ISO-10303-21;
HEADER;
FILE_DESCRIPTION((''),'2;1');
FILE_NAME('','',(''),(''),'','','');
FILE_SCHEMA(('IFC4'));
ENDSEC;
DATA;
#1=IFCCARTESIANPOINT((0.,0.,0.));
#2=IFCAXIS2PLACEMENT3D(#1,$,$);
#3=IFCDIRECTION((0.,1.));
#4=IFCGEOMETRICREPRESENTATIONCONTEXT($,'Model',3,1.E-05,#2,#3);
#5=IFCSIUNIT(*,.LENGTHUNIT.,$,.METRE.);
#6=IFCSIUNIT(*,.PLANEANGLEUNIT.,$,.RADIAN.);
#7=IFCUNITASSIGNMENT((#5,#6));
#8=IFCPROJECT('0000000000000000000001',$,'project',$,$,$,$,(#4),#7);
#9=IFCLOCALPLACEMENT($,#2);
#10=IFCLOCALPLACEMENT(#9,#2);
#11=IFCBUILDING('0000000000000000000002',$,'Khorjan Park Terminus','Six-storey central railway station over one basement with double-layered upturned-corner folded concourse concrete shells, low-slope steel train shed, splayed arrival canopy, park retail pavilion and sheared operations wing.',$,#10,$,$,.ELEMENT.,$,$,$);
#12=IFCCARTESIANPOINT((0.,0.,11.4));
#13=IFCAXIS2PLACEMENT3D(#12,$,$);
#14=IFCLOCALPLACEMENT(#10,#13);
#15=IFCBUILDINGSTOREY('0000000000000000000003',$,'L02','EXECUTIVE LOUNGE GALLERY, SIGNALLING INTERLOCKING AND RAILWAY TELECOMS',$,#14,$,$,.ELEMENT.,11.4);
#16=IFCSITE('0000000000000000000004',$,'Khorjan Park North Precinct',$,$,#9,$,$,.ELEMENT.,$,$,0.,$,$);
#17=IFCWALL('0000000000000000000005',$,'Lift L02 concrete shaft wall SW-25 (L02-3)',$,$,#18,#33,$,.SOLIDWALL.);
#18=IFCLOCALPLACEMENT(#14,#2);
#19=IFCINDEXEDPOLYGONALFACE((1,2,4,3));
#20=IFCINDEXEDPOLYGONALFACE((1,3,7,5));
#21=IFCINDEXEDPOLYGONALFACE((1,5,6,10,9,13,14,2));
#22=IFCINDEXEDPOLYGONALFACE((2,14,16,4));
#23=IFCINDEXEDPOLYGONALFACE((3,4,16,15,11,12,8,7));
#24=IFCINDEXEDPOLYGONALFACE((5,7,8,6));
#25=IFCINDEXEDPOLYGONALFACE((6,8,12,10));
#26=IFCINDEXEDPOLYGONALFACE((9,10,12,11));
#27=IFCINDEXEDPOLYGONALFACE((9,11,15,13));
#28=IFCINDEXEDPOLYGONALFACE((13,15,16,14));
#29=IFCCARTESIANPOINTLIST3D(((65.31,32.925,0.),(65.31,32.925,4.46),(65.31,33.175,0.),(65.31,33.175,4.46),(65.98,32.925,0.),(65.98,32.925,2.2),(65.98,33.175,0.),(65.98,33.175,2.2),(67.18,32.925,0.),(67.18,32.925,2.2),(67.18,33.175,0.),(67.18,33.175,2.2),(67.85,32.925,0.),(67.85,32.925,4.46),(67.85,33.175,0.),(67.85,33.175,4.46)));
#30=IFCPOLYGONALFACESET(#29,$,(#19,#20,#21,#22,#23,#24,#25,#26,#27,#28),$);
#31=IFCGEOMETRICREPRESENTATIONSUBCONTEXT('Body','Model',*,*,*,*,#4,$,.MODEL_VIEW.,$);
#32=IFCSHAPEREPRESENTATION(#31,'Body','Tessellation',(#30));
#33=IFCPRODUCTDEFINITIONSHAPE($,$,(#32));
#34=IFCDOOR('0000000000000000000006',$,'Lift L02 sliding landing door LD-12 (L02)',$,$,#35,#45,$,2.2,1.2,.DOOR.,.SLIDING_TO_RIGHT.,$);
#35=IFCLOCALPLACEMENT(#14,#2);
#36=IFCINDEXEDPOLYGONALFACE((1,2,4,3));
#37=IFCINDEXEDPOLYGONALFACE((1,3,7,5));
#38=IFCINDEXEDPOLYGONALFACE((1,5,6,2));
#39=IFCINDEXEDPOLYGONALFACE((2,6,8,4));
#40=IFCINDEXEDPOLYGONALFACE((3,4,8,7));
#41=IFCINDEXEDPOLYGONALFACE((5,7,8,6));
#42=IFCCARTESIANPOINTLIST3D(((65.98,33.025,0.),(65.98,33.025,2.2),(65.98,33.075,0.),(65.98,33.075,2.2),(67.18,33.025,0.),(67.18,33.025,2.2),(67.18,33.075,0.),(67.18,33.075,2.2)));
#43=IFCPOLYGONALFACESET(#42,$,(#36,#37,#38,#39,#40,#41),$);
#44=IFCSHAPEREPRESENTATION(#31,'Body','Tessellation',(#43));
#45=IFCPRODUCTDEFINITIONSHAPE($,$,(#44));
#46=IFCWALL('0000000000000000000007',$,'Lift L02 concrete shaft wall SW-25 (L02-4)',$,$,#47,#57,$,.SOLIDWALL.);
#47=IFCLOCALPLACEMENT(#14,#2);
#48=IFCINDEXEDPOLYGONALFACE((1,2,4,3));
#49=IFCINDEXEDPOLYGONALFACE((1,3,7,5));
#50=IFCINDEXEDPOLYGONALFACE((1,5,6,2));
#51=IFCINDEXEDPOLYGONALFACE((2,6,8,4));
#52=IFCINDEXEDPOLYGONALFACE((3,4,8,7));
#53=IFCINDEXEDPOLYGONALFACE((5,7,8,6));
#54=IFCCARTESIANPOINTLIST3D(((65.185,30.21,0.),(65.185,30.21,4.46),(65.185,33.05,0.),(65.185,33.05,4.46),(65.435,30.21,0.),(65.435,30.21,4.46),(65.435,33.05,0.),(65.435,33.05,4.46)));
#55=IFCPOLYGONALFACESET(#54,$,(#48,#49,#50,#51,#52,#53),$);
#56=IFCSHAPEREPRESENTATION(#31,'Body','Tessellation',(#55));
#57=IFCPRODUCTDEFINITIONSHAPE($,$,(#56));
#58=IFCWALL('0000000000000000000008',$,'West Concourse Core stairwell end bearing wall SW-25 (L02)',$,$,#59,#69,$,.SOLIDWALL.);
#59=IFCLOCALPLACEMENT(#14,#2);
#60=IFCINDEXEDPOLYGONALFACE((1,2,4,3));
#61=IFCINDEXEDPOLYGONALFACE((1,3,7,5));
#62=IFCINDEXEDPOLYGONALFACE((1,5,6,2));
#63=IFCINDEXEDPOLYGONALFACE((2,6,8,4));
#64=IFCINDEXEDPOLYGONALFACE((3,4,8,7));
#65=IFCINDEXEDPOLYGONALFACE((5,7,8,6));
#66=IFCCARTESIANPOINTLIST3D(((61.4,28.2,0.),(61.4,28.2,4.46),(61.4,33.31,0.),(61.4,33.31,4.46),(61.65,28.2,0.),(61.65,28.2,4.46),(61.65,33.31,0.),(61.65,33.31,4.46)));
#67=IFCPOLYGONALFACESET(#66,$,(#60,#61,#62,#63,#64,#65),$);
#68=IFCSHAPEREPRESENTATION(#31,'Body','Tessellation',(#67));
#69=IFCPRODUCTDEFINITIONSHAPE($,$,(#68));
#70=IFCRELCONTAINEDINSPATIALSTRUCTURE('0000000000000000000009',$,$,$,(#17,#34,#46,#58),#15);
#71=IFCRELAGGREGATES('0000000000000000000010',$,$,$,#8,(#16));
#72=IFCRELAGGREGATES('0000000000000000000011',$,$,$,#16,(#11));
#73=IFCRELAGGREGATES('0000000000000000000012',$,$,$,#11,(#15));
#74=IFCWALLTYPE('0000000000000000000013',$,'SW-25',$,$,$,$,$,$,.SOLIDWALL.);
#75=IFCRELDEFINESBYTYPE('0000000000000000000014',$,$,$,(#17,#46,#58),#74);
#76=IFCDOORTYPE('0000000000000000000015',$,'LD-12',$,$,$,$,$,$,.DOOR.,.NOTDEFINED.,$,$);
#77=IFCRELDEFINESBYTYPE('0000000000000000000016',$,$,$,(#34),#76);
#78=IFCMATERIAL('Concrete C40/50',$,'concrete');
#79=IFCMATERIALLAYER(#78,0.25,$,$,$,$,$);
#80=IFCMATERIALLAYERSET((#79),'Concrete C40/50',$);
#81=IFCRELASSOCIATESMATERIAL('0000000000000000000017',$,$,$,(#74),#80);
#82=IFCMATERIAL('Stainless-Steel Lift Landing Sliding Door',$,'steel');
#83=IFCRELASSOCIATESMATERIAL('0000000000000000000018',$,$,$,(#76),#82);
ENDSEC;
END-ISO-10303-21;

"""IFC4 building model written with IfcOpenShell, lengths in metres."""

from ifc_helpers import new_model, si_unit, direction, frame, frame_2d, origin, place, context, subcontext, project, spatial, rectangle, extrude, material, layer, layer_set, type_object, element, fill, save


model = new_model("IFC4")

# Units and contexts
model_context = context("Model", 3, precision=1e-05, world=origin(), true_north=direction((0.0, 1.0)))
body_context = subcontext(model_context, "Body", "Model", "MODEL_VIEW")
ifc_project = project(units=[si_unit("LENGTHUNIT", "METRE"), si_unit("PLANEANGLEUNIT", "RADIAN")], contexts=[model_context])

# Site, building, storey
site_placement = place(None, origin())
site = spatial("IfcSite", under=ifc_project, at=site_placement, Name="Khorjan Park North Precinct", CompositionType="ELEMENT", RefElevation=0.0)
building_placement = place(site_placement, origin())
building = spatial("IfcBuilding", under=site, at=building_placement, Name="Khorjan Park Terminus", Description="Six-storey central railway station over one basement with double-layered upturned-corner folded concourse concrete shells, low-slope steel train shed, splayed arrival canopy, park retail pavilion and sheared operations wing.", CompositionType="ELEMENT")
storey_placement = place(building_placement, frame((0.0, 0.0, 11.4)))
storey = spatial("IfcBuildingStorey", under=building, at=storey_placement, Name="L02", Description="EXECUTIVE LOUNGE GALLERY, SIGNALLING INTERLOCKING AND RAILWAY TELECOMS", CompositionType="ELEMENT", Elevation=11.4)

# Shared definitions
ifc_material_1 = material(Name="Concrete C40/50", Category="concrete")
ifc_layer_1 = layer(ifc_material_1, 0.25)
ifc_layer_set_1 = layer_set([ifc_layer_1], Name="Concrete C40/50")
wall_type_1 = type_object("IfcWallType", Name="SW-25", PredefinedType="SOLIDWALL", material=ifc_layer_set_1)

# Shared definitions
ifc_material_2 = material(Name="Stainless-Steel Lift Landing Sliding Door", Category="steel")
door_type_1 = type_object("IfcDoorType", Name="LD-12", OperationType="NOTDEFINED", PredefinedType="DOOR", material=ifc_material_2)

# Wall, opening, door
wall_1_placement = place(storey_placement, frame((67.85, 33.05, 0.0), z_axis=(0.0, 0.0, 1.0), x_axis=(-1.0, 0.0, 0.0)))
wall_1 = element("IfcWall", 1, at=wall_1_placement, inside=storey, type_object=wall_type_1, Name="Lift L02 concrete shaft wall SW-25 (L02-3)", PredefinedType="SOLIDWALL", context=body_context, shape_type="SweptSolid", body=[
    extrude(rectangle(XDim=2.54, YDim=0.25, at=frame_2d((1.27, 0.0))), origin(), (0.0, 0.0, 1.0), 4.46),
])
opening_1_placement = place(wall_1_placement, frame((0.67, 0.0, 0.0)))
opening_1 = element("IfcOpeningElement", 2, at=opening_1_placement, cuts=wall_1, PredefinedType="OPENING", context=body_context, shape_type="SweptSolid", body=[
    extrude(rectangle(XDim=1.2, YDim=2.2, at=frame_2d((0.6, 1.1))), frame((0.0, 0.135, 0.0), z_axis=(0.0, -1.0, 0.0), x_axis=(1.0, 0.0, 0.0)), (0.0, 0.0, 1.0), 0.27),
])
door_1_placement = place(opening_1_placement, origin())
door_1 = element("IfcDoor", 3, at=door_1_placement, inside=storey, type_object=door_type_1, Name="Lift L02 sliding landing door LD-12 (L02)", OperationType="SLIDING_TO_RIGHT", OverallHeight=2.2, OverallWidth=1.2, PredefinedType="DOOR", context=body_context, shape_type="SweptSolid", body=[
    extrude(rectangle(XDim=1.2, YDim=2.2, at=frame_2d((0.6, 1.1))), frame((0.0, 0.025, 0.0), z_axis=(0.0, -1.0, 0.0), x_axis=(1.0, 0.0, 0.0)), (0.0, 0.0, 1.0), 0.05),
])
fill(opening_1, door_1)

# Walls
wall_2_placement = place(storey_placement, frame((65.31, 33.05, 0.0), z_axis=(0.0, 0.0, 1.0), x_axis=(0.0, -1.0, 0.0)))
element("IfcWall", 4, at=wall_2_placement, inside=storey, type_object=wall_type_1, Name="Lift L02 concrete shaft wall SW-25 (L02-4)", PredefinedType="SOLIDWALL", context=body_context, shape_type="SweptSolid", body=[
    extrude(rectangle(XDim=2.84, YDim=0.25, at=frame_2d((1.42, 0.0))), origin(), (0.0, 0.0, 1.0), 4.46),
])
wall_3_placement = place(storey_placement, frame((61.525, 28.2, 0.0), z_axis=(0.0, 0.0, 1.0), x_axis=(0.0, 1.0, 0.0)))
element("IfcWall", 5, at=wall_3_placement, inside=storey, type_object=wall_type_1, Name="West Concourse Core stairwell end bearing wall SW-25 (L02)", PredefinedType="SOLIDWALL", context=body_context, shape_type="SweptSolid", body=[
    extrude(rectangle(XDim=5.11, YDim=0.25, at=frame_2d((2.555, 0.0))), origin(), (0.0, 0.0, 1.0), 4.46),
])

save(model, "model.ifc")
